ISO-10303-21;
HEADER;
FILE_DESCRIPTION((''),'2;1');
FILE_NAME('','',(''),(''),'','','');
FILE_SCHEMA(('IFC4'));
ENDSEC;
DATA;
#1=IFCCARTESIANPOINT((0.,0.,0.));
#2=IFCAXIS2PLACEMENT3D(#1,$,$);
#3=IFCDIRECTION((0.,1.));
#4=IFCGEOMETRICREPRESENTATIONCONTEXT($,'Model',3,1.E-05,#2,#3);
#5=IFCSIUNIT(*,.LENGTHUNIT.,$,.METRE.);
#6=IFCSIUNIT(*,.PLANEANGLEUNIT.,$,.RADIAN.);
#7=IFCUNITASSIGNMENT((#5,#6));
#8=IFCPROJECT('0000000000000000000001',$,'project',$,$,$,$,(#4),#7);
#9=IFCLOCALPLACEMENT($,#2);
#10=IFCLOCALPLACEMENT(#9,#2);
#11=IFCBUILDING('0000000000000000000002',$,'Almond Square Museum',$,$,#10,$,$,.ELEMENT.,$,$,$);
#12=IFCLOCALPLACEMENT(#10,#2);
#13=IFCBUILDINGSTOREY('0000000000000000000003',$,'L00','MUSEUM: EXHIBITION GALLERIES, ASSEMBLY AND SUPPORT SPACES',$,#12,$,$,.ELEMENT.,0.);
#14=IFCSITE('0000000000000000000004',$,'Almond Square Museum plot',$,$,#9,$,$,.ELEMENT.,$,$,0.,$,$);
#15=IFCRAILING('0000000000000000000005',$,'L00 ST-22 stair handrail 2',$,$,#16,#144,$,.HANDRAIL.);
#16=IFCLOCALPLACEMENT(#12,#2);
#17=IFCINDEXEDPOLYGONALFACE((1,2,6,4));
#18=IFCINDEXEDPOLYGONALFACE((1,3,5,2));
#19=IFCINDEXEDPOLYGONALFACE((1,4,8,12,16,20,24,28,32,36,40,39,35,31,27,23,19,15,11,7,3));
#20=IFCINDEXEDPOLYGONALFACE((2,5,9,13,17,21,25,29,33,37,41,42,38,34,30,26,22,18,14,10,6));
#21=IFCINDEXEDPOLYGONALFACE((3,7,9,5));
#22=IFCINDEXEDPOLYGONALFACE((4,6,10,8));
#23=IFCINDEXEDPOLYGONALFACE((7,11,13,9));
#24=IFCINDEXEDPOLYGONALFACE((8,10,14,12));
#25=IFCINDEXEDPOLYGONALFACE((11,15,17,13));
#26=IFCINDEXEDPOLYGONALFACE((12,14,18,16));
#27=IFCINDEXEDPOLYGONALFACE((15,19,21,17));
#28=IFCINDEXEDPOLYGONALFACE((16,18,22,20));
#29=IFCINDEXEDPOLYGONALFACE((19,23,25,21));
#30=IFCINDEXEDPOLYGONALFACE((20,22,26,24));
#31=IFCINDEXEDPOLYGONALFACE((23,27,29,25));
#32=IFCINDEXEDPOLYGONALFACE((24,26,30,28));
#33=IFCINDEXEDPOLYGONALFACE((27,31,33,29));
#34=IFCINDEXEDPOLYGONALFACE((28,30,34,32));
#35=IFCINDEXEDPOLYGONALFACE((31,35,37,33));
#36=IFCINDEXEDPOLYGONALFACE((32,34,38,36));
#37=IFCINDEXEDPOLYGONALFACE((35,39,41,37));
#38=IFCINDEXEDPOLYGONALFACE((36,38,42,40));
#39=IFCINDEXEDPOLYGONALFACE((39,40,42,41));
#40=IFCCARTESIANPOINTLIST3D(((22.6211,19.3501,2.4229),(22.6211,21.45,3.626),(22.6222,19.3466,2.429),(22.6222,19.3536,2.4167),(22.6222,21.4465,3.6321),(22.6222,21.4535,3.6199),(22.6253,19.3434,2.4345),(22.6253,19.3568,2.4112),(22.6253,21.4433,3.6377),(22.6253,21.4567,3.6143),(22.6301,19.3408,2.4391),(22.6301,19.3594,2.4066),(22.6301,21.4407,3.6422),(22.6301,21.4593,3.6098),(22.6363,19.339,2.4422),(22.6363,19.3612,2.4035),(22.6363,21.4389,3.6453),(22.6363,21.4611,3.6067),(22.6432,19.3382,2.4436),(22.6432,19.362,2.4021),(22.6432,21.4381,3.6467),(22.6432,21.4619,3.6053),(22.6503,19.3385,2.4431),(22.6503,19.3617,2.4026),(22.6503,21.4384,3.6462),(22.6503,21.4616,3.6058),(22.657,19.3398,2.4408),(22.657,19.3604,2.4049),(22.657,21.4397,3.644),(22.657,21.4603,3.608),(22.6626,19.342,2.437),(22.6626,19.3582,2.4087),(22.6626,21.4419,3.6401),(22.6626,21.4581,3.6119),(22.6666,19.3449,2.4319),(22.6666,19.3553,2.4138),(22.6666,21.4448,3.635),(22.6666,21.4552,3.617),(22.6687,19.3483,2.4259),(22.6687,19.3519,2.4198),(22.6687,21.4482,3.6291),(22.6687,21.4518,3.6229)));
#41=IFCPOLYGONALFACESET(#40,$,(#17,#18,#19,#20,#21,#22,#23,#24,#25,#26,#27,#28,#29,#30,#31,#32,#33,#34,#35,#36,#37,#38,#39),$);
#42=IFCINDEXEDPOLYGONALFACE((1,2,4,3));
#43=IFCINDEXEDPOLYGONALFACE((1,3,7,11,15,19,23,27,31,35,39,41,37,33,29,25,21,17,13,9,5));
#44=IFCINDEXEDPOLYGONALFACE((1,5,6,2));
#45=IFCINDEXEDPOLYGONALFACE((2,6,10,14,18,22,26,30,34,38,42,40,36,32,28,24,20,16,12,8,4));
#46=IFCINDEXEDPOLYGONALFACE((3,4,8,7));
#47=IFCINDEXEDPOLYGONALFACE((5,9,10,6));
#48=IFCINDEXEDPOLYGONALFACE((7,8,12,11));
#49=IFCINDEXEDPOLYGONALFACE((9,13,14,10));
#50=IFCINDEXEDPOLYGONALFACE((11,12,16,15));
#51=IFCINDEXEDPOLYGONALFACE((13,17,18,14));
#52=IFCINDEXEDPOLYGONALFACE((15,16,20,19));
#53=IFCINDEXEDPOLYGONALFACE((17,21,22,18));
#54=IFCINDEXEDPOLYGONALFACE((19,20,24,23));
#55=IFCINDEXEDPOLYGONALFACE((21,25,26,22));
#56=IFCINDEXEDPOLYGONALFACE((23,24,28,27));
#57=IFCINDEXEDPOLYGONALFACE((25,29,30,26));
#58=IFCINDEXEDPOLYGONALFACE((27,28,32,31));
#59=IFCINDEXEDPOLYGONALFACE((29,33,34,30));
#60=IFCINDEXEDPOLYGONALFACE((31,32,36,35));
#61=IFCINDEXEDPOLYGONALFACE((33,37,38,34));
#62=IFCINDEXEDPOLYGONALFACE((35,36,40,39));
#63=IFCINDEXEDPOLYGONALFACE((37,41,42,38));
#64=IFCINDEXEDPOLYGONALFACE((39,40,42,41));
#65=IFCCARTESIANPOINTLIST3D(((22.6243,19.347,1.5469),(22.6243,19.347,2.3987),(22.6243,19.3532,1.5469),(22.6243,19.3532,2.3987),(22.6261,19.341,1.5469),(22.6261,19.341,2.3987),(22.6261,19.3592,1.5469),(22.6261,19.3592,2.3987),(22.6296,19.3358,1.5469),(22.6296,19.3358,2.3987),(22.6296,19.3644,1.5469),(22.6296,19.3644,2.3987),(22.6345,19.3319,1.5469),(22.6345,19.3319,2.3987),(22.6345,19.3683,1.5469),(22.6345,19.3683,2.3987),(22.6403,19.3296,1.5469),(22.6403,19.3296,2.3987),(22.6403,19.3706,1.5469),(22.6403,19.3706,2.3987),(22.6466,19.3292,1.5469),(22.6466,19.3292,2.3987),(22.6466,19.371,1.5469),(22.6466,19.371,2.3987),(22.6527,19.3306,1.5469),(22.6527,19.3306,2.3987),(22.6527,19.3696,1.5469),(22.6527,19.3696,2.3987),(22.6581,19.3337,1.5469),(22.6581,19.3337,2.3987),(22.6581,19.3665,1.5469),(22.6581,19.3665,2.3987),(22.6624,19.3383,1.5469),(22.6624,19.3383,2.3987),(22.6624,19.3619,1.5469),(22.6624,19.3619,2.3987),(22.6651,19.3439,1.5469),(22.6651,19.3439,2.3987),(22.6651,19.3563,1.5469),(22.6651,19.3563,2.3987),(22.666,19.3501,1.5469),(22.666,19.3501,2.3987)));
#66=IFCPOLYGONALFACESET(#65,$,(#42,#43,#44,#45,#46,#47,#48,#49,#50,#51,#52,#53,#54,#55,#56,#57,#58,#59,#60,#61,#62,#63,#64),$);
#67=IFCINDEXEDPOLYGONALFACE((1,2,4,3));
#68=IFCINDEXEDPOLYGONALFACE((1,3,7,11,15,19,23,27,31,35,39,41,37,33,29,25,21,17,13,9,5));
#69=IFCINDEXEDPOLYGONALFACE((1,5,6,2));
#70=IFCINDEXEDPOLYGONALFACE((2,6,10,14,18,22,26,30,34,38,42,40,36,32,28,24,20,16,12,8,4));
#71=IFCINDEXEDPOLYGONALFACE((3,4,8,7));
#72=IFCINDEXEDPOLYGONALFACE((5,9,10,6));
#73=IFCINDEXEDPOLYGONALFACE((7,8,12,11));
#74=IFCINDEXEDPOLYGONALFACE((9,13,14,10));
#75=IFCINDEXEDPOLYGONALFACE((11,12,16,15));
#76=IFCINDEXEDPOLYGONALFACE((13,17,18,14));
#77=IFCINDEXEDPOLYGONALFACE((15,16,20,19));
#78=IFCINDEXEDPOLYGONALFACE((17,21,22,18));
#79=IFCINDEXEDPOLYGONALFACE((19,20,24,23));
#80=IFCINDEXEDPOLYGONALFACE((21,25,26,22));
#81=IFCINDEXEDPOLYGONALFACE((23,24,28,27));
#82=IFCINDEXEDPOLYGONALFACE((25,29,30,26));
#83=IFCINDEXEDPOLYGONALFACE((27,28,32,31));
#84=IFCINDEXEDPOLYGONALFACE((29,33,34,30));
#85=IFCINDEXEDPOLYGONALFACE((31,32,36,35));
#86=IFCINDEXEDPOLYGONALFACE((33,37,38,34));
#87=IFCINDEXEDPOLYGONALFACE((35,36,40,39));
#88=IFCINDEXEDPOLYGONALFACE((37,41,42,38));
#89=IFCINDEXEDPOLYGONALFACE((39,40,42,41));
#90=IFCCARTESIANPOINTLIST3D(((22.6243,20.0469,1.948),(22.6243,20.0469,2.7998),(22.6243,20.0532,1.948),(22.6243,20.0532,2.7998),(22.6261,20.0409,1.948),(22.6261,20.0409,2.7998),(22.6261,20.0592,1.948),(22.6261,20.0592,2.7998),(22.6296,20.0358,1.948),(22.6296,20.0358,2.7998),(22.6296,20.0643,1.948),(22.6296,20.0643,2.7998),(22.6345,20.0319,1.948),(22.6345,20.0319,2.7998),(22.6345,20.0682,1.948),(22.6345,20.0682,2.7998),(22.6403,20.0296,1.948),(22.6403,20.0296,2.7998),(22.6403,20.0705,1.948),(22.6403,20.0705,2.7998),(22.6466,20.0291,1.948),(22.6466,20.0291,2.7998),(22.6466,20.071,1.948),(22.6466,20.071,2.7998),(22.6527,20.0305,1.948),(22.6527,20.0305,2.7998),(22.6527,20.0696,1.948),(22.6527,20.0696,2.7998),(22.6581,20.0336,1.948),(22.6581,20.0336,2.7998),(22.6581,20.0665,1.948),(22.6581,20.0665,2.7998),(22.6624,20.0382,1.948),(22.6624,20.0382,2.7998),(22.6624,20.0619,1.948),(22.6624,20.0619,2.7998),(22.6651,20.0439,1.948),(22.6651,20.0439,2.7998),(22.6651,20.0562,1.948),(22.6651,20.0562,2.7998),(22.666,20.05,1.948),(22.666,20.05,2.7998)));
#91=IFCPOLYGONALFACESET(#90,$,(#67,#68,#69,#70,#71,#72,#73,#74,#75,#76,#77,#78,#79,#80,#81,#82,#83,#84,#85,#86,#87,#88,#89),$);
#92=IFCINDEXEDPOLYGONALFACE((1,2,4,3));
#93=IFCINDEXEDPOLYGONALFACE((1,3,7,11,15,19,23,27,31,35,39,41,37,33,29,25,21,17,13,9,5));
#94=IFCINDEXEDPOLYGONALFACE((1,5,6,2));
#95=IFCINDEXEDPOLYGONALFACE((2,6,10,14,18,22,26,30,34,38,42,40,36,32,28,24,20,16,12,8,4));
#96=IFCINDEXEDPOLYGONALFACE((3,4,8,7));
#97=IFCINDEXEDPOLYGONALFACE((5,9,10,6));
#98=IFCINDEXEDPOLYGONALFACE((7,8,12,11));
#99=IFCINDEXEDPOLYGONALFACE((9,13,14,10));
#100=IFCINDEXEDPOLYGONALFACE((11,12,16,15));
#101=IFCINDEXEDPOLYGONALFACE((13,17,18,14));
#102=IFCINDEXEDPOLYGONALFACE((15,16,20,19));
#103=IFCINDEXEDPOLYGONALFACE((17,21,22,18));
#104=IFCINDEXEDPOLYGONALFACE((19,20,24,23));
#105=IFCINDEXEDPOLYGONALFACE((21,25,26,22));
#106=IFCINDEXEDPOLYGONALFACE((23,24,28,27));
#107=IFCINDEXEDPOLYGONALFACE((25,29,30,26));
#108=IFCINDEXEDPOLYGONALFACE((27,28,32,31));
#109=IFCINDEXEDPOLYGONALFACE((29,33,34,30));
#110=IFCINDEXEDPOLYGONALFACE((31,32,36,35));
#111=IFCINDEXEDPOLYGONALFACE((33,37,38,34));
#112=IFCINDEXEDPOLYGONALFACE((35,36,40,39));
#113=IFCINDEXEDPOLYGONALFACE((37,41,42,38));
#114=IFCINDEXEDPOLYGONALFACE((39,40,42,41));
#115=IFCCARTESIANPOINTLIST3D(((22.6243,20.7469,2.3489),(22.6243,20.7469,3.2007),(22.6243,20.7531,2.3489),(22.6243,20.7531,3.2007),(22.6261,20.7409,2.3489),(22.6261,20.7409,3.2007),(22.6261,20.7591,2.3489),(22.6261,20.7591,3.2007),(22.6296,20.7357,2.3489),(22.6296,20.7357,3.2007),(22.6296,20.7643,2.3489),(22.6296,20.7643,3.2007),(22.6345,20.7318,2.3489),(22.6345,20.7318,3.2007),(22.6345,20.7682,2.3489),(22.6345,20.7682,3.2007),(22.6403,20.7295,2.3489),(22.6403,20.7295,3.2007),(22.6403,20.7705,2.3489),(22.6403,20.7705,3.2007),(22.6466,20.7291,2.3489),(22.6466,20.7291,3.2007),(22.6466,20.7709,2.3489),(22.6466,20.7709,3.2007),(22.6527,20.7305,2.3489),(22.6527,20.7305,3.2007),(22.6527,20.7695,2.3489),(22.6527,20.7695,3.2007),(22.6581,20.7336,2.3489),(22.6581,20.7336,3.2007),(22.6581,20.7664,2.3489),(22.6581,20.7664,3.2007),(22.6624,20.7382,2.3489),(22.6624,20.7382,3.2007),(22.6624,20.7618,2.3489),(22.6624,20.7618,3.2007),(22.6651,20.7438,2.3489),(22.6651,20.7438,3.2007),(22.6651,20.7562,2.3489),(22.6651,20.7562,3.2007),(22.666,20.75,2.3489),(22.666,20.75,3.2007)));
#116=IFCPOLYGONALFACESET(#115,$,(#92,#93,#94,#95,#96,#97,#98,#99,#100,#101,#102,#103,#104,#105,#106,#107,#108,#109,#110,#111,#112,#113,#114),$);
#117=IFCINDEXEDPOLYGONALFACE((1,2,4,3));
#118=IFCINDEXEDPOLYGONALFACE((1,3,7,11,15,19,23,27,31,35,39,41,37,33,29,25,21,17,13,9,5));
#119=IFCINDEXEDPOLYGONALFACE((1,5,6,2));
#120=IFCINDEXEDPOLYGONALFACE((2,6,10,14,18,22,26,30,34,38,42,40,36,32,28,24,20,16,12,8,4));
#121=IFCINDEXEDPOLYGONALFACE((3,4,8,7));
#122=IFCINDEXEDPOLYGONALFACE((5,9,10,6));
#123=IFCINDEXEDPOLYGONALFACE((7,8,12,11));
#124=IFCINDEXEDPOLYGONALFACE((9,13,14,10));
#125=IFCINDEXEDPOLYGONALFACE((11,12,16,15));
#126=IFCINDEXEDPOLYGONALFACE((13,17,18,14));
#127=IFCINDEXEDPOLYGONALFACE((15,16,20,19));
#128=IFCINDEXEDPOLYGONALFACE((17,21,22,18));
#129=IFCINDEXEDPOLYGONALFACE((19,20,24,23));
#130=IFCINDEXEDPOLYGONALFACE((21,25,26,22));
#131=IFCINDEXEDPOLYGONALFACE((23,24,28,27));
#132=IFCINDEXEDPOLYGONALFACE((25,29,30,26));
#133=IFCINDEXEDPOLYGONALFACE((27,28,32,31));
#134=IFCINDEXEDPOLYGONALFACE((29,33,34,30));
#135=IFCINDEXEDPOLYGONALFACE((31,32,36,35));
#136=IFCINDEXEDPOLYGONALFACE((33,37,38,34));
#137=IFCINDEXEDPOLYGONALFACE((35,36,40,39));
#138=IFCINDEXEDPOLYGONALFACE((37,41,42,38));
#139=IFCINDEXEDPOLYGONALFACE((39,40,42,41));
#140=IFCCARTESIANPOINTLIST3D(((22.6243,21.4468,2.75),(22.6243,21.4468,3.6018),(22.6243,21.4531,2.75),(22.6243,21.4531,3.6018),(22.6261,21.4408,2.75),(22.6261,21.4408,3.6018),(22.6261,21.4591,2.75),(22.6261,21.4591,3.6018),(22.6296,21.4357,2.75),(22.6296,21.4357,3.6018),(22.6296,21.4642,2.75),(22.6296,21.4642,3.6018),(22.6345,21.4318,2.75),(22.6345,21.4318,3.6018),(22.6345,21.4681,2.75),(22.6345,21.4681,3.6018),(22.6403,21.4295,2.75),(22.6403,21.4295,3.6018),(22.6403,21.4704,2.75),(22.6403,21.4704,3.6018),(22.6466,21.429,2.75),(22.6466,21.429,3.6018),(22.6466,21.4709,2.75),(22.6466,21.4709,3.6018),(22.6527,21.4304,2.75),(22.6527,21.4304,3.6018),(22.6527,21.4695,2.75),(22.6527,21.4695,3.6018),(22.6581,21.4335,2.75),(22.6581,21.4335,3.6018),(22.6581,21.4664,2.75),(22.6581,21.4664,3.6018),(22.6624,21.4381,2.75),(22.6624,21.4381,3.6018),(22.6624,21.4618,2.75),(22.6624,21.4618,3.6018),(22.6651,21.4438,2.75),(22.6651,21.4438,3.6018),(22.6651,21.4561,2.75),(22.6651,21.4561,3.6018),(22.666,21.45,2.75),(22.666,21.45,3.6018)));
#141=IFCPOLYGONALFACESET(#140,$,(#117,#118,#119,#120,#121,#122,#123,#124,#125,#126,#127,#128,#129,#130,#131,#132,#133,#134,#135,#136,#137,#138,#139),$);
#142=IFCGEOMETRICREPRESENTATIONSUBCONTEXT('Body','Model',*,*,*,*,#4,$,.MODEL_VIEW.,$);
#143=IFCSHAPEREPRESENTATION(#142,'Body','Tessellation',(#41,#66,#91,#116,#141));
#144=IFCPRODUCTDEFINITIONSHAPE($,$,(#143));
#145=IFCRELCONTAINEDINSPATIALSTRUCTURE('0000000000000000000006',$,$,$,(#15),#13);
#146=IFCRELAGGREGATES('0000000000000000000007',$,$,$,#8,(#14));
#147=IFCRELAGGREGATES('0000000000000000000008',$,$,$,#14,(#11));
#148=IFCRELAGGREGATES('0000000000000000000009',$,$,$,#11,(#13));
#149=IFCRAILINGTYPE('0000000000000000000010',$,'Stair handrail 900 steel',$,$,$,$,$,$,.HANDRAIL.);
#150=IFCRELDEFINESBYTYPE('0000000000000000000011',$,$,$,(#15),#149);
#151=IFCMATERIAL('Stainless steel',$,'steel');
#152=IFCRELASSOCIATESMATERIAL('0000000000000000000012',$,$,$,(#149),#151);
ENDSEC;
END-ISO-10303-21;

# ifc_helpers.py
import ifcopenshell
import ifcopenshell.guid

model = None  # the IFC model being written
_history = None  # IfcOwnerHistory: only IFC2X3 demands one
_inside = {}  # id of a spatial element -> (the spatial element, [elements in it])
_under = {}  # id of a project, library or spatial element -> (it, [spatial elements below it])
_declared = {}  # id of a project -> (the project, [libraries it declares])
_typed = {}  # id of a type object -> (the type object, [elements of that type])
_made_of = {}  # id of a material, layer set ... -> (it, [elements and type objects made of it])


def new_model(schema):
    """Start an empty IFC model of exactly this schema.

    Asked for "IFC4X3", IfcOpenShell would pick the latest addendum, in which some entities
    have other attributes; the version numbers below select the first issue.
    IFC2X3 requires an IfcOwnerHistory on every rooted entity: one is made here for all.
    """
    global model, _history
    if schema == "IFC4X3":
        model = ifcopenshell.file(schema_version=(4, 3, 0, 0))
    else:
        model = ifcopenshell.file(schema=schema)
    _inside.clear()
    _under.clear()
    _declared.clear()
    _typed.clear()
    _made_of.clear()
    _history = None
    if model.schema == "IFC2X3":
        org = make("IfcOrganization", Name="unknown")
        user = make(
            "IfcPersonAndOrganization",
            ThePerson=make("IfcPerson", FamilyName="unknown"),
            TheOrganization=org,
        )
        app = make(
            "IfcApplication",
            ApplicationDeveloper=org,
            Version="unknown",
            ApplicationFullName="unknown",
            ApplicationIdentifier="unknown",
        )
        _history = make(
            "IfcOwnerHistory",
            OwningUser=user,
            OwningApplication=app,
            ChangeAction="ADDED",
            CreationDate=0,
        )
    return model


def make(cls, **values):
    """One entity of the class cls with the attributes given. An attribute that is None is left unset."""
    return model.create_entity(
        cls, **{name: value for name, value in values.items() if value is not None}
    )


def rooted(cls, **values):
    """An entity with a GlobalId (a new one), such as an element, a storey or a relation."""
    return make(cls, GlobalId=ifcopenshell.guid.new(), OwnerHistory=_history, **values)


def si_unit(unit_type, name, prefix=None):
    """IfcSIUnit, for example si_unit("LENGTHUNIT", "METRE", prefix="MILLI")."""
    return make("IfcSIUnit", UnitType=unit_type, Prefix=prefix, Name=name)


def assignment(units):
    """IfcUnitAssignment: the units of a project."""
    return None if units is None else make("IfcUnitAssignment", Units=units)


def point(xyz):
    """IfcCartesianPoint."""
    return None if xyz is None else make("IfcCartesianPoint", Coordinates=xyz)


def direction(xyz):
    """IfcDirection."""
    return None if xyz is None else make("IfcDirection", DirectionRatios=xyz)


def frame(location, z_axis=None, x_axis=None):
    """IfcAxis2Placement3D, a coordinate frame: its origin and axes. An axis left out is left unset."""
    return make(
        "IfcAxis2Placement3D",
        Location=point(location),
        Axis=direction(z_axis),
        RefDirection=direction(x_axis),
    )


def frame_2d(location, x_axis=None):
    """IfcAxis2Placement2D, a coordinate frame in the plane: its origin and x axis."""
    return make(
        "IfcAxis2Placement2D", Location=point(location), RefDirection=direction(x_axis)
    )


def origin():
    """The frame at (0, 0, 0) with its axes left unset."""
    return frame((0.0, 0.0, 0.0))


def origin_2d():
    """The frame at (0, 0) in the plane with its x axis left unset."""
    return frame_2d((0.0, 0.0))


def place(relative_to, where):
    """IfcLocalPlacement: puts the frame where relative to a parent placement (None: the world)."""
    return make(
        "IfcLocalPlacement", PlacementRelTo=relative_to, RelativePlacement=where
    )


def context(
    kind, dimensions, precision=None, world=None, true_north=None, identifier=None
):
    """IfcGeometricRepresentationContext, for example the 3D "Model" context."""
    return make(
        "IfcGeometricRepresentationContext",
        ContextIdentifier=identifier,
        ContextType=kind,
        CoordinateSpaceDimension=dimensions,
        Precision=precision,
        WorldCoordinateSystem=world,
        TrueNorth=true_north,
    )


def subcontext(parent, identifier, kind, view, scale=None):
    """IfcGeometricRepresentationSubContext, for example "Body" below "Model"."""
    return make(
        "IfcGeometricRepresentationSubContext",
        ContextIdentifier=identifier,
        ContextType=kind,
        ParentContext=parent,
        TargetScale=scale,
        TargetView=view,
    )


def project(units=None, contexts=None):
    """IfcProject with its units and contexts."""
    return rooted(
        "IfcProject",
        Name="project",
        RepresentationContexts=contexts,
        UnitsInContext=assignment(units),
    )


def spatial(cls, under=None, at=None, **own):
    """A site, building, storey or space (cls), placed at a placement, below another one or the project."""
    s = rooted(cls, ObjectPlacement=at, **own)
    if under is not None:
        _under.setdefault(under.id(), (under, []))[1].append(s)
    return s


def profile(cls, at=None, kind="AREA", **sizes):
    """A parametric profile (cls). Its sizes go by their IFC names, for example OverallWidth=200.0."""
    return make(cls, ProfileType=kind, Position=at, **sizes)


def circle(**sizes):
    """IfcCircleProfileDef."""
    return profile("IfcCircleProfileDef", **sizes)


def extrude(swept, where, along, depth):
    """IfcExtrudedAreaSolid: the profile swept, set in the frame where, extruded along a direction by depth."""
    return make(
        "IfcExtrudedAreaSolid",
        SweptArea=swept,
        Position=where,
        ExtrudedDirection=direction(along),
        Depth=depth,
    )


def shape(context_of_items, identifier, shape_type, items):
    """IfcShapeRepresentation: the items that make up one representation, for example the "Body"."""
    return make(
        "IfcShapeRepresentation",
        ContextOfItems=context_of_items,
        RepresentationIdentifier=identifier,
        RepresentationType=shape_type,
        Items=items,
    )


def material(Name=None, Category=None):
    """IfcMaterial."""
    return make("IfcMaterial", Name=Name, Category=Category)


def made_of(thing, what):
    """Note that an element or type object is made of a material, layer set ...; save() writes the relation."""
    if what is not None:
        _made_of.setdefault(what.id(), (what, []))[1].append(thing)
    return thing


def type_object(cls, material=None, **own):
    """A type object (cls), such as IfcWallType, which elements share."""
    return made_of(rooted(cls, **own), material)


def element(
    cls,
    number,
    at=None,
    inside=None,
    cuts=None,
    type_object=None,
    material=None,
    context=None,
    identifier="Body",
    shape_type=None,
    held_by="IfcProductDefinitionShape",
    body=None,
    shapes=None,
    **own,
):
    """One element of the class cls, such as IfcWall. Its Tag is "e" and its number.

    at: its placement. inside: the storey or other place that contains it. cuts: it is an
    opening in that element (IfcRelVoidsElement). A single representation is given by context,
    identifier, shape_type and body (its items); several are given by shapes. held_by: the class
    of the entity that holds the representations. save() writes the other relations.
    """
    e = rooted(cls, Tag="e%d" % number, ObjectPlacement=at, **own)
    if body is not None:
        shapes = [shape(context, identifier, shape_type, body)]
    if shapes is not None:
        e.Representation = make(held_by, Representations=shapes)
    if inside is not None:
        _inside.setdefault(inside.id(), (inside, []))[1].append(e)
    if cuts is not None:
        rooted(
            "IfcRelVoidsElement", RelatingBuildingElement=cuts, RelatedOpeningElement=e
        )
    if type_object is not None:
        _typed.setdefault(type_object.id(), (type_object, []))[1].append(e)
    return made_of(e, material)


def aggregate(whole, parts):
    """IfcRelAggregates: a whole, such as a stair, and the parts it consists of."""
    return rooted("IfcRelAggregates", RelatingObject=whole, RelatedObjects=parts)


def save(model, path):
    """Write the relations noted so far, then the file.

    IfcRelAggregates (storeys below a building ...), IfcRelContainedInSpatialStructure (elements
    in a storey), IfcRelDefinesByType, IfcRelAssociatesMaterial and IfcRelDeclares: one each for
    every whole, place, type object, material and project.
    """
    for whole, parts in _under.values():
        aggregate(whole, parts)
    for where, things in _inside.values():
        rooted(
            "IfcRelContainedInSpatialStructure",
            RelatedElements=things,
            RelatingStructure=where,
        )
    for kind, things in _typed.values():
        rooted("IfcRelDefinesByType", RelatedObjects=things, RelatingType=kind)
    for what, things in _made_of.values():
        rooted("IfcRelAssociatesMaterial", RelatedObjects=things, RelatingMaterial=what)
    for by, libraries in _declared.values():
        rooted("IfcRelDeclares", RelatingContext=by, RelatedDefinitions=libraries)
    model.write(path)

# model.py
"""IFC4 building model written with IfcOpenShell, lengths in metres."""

from ifc_helpers import new_model, si_unit, direction, frame, origin, origin_2d, place, context, subcontext, project, spatial, circle, extrude, material, type_object, element, save


model = new_model("IFC4")

# Units and contexts
model_context = context("Model", 3, precision=1e-05, world=origin(), true_north=direction((0.0, 1.0)))
body_context = subcontext(model_context, "Body", "Model", "MODEL_VIEW")
ifc_project = project(units=[si_unit("LENGTHUNIT", "METRE"), si_unit("PLANEANGLEUNIT", "RADIAN")], contexts=[model_context])

# Site, building, storey
site_placement = place(None, origin())
site = spatial("IfcSite", under=ifc_project, at=site_placement, Name="Almond Square Museum plot", CompositionType="ELEMENT", RefElevation=0.0)
building_placement = place(site_placement, origin())
building = spatial("IfcBuilding", under=site, at=building_placement, Name="Almond Square Museum", CompositionType="ELEMENT")
storey_placement = place(building_placement, origin())
storey = spatial("IfcBuildingStorey", under=building, at=storey_placement, Name="L00", Description="MUSEUM: EXHIBITION GALLERIES, ASSEMBLY AND SUPPORT SPACES", CompositionType="ELEMENT", Elevation=0.0)

# Railing
ifc_material_1 = material(Name="Stainless steel", Category="steel")
railing_type_1 = type_object("IfcRailingType", Name="Stair handrail 900 steel", PredefinedType="HANDRAIL", material=ifc_material_1)
for number, where, name in (
    (1, (22.645, 19.3501, 1.5469), "L00 ST-22 stair handrail 2"),
):
    element("IfcRailing", number, at=place(storey_placement, frame(where)), inside=storey, type_object=railing_type_1, Name=name, PredefinedType="HANDRAIL", context=body_context, shape_type="SweptSolid", body=[
        extrude(circle(Radius=0.0239, at=origin_2d()), frame((0.0, 0.0, 0.876), z_axis=(0.0, 0.867671, 0.497138), x_axis=(-1.0, 0.0, 0.0)), (0.0, 0.0, 1.0), 2.4202),
        extrude(circle(Radius=0.021, at=origin_2d()), origin(), (0.0, 0.0, 1.0), 0.8518),
        extrude(circle(Radius=0.021, at=origin_2d()), frame((0.0, 0.7, 0.4011)), (0.0, 0.0, 1.0), 0.8518),
        extrude(circle(Radius=0.021, at=origin_2d()), frame((0.0, 1.3999, 0.802)), (0.0, 0.0, 1.0), 0.8518),
        extrude(circle(Radius=0.021, at=origin_2d()), frame((0.0, 2.0999, 1.2031)), (0.0, 0.0, 1.0), 0.8518),
    ])

save(model, "model.ifc")
